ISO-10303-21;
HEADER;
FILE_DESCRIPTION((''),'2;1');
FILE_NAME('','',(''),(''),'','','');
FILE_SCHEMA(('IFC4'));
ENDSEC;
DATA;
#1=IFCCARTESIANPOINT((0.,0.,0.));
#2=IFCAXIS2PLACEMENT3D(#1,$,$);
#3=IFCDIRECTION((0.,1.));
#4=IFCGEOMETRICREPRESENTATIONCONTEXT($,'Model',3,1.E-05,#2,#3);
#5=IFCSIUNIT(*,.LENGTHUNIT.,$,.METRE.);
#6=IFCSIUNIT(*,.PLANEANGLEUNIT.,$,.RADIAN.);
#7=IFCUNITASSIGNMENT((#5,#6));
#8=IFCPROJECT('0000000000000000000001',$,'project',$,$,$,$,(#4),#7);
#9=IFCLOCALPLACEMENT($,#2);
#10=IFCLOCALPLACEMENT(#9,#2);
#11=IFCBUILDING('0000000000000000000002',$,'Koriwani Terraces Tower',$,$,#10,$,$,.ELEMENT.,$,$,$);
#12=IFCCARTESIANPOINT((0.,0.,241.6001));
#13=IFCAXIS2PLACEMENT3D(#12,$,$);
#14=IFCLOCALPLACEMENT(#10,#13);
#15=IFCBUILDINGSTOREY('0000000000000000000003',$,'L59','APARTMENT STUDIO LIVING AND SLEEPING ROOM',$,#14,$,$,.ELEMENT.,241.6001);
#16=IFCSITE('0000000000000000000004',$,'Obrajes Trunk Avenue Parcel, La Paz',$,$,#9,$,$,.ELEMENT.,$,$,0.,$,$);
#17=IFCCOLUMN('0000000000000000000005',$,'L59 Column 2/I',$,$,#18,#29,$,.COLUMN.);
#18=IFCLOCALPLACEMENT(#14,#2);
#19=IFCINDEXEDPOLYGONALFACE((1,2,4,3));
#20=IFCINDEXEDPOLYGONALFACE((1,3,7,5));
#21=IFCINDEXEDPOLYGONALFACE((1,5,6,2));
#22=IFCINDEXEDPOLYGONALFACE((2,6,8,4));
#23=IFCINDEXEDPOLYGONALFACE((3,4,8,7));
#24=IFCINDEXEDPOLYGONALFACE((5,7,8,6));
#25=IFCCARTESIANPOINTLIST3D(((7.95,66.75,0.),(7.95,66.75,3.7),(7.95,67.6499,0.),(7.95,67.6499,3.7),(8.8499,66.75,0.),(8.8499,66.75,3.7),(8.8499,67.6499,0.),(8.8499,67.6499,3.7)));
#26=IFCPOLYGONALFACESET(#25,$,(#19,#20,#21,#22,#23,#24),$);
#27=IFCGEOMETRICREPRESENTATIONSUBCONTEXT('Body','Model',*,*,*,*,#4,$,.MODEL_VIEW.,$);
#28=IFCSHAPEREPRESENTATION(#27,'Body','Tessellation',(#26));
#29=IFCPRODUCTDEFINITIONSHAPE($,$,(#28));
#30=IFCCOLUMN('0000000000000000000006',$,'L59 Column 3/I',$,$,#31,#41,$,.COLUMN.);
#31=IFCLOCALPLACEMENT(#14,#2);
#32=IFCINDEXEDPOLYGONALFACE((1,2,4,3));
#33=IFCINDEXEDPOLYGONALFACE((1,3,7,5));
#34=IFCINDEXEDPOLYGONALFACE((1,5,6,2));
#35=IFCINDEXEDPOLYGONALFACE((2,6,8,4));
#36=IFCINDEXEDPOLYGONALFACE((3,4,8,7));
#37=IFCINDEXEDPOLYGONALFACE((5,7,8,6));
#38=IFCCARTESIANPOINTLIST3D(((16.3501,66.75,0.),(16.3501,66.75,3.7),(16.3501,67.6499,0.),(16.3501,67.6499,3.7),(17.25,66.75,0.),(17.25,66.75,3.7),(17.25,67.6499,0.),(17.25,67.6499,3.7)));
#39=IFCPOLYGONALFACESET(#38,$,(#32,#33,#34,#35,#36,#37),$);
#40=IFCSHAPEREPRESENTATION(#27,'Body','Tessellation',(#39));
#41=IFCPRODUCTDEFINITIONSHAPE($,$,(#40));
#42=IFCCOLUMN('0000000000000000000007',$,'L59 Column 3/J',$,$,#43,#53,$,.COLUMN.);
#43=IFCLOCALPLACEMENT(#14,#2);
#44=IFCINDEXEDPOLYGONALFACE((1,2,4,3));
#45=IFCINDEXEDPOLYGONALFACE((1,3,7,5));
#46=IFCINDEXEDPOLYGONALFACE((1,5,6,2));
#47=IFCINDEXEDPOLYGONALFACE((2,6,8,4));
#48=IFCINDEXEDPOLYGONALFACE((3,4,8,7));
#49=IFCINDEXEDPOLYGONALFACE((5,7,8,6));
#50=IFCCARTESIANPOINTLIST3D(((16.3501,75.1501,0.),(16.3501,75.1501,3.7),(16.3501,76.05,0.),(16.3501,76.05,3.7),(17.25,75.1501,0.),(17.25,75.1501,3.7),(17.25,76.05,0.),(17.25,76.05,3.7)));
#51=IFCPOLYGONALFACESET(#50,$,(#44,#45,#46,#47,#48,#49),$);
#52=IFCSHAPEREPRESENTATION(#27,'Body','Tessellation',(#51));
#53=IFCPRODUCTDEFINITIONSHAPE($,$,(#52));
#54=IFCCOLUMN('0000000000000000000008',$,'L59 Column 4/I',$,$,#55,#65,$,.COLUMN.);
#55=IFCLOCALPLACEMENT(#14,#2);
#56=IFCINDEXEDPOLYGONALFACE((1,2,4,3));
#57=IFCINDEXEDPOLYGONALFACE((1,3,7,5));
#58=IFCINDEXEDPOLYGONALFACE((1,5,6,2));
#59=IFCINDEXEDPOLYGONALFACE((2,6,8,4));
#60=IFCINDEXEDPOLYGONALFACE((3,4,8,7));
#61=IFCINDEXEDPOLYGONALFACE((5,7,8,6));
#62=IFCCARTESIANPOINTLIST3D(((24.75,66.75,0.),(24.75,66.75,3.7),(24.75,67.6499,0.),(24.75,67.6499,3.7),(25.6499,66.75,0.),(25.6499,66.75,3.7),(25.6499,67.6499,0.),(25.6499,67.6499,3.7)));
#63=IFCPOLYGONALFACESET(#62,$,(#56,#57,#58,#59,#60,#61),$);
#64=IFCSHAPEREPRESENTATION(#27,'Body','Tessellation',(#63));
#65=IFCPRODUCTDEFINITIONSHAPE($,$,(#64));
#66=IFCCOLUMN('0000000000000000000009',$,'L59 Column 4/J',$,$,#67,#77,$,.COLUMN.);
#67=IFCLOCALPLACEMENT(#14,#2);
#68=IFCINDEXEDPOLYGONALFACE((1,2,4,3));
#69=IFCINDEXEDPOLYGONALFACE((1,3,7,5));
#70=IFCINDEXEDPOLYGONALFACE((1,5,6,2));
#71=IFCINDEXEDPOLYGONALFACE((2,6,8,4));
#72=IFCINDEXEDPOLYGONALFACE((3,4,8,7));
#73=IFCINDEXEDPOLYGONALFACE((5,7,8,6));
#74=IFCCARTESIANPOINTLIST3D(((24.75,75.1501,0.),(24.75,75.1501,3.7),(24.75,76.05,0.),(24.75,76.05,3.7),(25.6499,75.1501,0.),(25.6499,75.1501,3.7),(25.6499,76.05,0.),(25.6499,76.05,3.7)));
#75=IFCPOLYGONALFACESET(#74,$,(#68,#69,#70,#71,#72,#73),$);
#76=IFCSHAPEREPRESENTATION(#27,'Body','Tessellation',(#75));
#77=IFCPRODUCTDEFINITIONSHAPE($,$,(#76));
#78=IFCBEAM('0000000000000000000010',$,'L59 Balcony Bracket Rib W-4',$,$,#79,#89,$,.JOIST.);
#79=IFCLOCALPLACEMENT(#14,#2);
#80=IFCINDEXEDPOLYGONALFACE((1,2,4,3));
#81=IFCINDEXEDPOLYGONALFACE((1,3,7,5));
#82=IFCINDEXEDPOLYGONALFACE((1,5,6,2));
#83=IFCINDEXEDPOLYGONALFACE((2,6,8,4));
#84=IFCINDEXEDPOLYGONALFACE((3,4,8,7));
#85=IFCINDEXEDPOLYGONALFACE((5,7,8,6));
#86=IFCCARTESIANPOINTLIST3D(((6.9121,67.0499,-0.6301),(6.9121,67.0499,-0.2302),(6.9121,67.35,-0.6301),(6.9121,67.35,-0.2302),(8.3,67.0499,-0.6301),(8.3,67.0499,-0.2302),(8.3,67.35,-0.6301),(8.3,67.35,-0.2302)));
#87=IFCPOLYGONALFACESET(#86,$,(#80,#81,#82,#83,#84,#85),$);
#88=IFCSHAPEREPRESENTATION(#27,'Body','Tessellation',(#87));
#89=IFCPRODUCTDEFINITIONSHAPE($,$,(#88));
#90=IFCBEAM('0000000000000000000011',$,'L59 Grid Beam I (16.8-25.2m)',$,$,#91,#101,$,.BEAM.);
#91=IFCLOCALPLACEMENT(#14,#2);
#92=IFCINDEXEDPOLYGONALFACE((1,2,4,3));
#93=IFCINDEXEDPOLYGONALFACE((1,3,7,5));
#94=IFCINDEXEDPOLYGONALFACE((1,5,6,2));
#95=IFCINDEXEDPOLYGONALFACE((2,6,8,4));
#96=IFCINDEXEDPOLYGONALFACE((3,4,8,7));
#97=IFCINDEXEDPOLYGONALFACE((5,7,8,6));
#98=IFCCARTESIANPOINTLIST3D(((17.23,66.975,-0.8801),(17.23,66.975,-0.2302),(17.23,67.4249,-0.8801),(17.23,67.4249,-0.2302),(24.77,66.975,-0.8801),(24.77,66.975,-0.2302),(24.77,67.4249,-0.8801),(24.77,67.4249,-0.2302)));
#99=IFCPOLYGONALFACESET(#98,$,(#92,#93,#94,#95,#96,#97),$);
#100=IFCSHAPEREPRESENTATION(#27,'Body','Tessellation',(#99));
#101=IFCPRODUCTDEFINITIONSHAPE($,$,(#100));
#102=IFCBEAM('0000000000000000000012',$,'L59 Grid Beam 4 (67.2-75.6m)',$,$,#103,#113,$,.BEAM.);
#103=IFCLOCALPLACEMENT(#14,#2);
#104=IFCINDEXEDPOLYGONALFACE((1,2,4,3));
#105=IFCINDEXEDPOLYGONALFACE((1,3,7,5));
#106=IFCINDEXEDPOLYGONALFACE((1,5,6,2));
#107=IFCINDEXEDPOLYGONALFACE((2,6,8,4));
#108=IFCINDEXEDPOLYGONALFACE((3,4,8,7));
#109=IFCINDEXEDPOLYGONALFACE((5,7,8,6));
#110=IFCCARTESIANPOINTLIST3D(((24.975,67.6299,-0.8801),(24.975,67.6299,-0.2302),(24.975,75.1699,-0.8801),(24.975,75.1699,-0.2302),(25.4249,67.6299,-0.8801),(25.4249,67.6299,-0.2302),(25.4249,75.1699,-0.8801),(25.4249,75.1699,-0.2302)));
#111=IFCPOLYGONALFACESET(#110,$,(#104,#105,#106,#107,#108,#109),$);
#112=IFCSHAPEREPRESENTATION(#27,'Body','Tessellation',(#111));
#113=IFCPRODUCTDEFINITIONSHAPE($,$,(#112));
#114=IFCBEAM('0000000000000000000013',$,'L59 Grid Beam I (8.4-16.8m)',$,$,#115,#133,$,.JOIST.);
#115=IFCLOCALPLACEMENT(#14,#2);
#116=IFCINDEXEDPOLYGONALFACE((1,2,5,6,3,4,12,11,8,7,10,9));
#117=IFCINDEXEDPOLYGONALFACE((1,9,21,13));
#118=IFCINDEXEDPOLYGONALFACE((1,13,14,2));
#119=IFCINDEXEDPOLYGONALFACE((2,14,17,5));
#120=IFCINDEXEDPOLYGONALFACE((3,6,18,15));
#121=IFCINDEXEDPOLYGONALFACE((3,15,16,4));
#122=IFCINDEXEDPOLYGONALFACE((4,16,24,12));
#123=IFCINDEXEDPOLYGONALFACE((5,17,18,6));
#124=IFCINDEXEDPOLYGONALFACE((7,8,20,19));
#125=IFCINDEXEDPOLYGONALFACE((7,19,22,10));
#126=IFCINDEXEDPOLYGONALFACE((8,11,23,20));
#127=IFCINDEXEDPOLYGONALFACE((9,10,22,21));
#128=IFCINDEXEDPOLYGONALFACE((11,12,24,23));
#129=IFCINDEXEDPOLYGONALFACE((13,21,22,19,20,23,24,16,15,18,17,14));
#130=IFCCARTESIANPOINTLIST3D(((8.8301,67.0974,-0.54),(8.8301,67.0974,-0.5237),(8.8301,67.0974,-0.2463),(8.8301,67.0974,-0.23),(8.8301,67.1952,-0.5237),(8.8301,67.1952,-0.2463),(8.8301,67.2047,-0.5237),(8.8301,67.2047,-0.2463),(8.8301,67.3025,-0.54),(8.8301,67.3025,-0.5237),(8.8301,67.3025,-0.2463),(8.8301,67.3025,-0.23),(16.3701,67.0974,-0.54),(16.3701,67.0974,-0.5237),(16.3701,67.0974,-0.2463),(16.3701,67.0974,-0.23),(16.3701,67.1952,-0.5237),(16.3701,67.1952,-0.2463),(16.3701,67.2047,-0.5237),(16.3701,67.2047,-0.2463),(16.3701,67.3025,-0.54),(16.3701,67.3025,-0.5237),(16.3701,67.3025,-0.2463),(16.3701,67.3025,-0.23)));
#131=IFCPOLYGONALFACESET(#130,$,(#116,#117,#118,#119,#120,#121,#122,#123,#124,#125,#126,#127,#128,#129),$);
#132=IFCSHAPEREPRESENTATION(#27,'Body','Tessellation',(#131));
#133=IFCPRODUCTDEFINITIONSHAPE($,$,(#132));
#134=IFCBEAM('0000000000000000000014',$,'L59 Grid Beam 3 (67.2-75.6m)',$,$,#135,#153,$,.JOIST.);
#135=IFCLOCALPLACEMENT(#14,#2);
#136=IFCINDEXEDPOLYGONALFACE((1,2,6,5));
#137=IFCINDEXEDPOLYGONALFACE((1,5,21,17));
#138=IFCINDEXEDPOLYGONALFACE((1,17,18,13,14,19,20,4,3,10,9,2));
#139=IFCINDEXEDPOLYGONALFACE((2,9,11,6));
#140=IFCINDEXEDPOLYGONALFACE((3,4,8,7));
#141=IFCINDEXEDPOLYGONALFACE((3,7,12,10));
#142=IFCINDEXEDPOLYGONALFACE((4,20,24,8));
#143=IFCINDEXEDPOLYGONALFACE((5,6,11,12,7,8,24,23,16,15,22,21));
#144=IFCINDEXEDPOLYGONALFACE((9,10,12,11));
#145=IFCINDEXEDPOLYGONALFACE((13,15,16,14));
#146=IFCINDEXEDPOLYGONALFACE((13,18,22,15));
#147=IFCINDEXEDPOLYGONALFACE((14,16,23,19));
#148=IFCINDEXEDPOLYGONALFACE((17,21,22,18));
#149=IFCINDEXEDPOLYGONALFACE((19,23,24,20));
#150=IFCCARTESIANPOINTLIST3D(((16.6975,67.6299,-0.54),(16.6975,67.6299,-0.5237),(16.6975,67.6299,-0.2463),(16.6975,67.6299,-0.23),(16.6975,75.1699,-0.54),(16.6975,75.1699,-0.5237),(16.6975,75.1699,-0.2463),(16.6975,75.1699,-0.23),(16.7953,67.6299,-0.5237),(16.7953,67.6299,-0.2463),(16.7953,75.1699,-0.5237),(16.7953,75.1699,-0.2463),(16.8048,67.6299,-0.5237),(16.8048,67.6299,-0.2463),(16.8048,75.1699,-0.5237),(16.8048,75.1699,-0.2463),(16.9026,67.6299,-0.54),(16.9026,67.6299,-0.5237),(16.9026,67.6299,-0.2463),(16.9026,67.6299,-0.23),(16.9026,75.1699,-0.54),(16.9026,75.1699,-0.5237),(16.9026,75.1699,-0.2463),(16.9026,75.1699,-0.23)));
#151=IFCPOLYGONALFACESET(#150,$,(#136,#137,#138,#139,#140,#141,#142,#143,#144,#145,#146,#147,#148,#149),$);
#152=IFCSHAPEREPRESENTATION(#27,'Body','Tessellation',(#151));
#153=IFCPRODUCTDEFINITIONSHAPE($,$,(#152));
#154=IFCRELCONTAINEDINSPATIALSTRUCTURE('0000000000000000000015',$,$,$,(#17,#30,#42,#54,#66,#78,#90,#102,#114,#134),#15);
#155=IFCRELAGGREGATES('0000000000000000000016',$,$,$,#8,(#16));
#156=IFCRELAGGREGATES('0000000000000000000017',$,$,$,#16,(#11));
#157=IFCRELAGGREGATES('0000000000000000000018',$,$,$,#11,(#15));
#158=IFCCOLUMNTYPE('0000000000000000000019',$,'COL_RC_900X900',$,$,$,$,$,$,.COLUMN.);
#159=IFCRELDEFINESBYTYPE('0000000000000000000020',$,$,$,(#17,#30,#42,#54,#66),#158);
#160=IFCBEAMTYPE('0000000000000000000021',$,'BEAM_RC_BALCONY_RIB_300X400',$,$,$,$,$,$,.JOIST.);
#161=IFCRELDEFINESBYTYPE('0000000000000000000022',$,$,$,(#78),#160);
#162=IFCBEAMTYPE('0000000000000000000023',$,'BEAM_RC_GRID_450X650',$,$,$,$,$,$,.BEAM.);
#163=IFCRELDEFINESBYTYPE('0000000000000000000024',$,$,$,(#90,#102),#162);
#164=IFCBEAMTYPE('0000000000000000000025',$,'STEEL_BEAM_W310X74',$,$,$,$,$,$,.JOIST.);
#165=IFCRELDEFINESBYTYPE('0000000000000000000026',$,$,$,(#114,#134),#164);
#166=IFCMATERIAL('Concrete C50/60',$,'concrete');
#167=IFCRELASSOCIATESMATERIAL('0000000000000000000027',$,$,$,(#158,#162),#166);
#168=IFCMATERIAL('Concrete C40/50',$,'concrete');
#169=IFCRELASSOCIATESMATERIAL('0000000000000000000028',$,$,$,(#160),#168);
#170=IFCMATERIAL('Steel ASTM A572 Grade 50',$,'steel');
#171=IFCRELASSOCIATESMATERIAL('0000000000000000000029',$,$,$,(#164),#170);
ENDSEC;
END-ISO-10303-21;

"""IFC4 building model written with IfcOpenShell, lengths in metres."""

from ifc_helpers import new_model, si_unit, direction, frame, origin, origin_2d, place, context, subcontext, project, spatial, rectangle, i_section, extrude, material, material_profile, profile_set, type_object, element, save


model = new_model("IFC4")

# Units and contexts
model_context = context("Model", 3, precision=1e-05, world=origin(), true_north=direction((0.0, 1.0)))
body_context = subcontext(model_context, "Body", "Model", "MODEL_VIEW")
ifc_project = project(units=[si_unit("LENGTHUNIT", "METRE"), si_unit("PLANEANGLEUNIT", "RADIAN")], contexts=[model_context])

# Site, building, storey
site_placement = place(None, origin())
site = spatial("IfcSite", under=ifc_project, at=site_placement, Name="Obrajes Trunk Avenue Parcel, La Paz", CompositionType="ELEMENT", RefElevation=0.0)
building_placement = place(site_placement, origin())
building = spatial("IfcBuilding", under=site, at=building_placement, Name="Koriwani Terraces Tower", CompositionType="ELEMENT")
storey_placement = place(building_placement, frame((0.0, 0.0, 241.6001)))
storey = spatial("IfcBuildingStorey", under=building, at=storey_placement, Name="L59", Description="APARTMENT STUDIO LIVING AND SLEEPING ROOM", CompositionType="ELEMENT", Elevation=241.6001)

# Columns
ifc_material_1 = material(Name="Concrete C50/60", Category="concrete")
ifc_material_profile_1 = material_profile(ifc_material_1, rectangle(XDim=0.8999, YDim=0.8999, at=origin_2d()), Name="Concrete C50/60", Category="LoadBearing")
ifc_profile_set_1 = profile_set([ifc_material_profile_1], Name="Concrete C50/60")
column_type = type_object("IfcColumnType", Name="COL_RC_900X900", PredefinedType="COLUMN", material=ifc_profile_set_1)
for number, where, z_axis, x_axis, name in (
    (1, (8.3999, 67.2, 0.0), (0.0, 0.0, 1.0), (1.0, 0.0, 0.0), "L59 Column 2/I"),
    (2, (16.8, 67.2, 0.0), (0.0, 0.0, 1.0), (1.0, 0.0, 0.0), "L59 Column 3/I"),
    (3, (16.8, 75.6001, 0.0), (0.0, 0.0, 1.0), (1.0, 0.0, 0.0), "L59 Column 3/J"),
    (4, (25.2, 67.2, 0.0), (0.0, 0.0, 1.0), (1.0, 0.0, 0.0), "L59 Column 4/I"),
    (5, (25.2, 75.6001, 0.0), (0.0, 0.0, 1.0), (1.0, 0.0, 0.0), "L59 Column 4/J"),
):
    element("IfcColumn", number, at=place(storey_placement, frame(where, z_axis=z_axis, x_axis=x_axis)), inside=storey, type_object=column_type, Name=name, PredefinedType="COLUMN", context=body_context, shape_type="SweptSolid", body=[
        extrude(rectangle(XDim=0.8999, YDim=0.8999, at=origin_2d()), origin(), (0.0, 0.0, 1.0), 3.7),
    ])

# Beams
ifc_material_2 = material(Name="Concrete C40/50", Category="concrete")
ifc_material_profile_2 = material_profile(ifc_material_2, rectangle(XDim=0.3, YDim=0.3999, at=origin_2d()), Name="Concrete C40/50", Category="LoadBearing")
ifc_profile_set_2 = profile_set([ifc_material_profile_2], Name="Concrete C40/50")
beam_type_1 = type_object("IfcBeamType", Name="BEAM_RC_BALCONY_RIB_300X400", PredefinedType="JOIST", material=ifc_profile_set_2)
beam_placement = place(storey_placement, frame((6.9121, 67.2, -0.4302), z_axis=(1.0, 0.0, 0.0), x_axis=(0.0, 1.0, 0.0)))
element("IfcBeam", 6, at=beam_placement, inside=storey, type_object=beam_type_1, Name="L59 Balcony Bracket Rib W-4", PredefinedType="JOIST", context=body_context, shape_type="SweptSolid", body=[
    extrude(rectangle(XDim=0.3, YDim=0.3999, at=origin_2d()), origin(), (0.0, 0.0, 1.0), 1.3879),
])
ifc_material_profile_3 = material_profile(ifc_material_1, rectangle(XDim=0.45, YDim=0.6499, at=origin_2d()), Name="Concrete C50/60", Category="LoadBearing")
ifc_profile_set_3 = profile_set([ifc_material_profile_3], Name="Concrete C50/60")
beam_type_2 = type_object("IfcBeamType", Name="BEAM_RC_GRID_450X650", PredefinedType="BEAM", material=ifc_profile_set_3)
for number, where, z_axis, x_axis, name in (
    (7, (17.23, 67.2, -0.5552), (1.0, 0.0, 0.0), (0.0, 1.0, 0.0), "L59 Grid Beam I (16.8-25.2m)"),
    (8, (25.2, 67.6299, -0.5552), (0.0, 1.0, 0.0), (-1.0, 0.0, 0.0), "L59 Grid Beam 4 (67.2-75.6m)"),
):
    element("IfcBeam", number, at=place(storey_placement, frame(where, z_axis=z_axis, x_axis=x_axis)), inside=storey, type_object=beam_type_2, Name=name, PredefinedType="BEAM", context=body_context, shape_type="SweptSolid", body=[
        extrude(rectangle(XDim=0.45, YDim=0.6499, at=origin_2d()), origin(), (0.0, 0.0, 1.0), 7.54),
    ])
ifc_material_3 = material(Name="Steel ASTM A572 Grade 50", Category="steel")
ifc_material_profile_4 = material_profile(ifc_material_3, i_section(OverallWidth=0.2051, OverallDepth=0.3101, WebThickness=0.0095, FlangeThickness=0.0164, at=origin_2d()), Name="Steel ASTM A572 Grade 50", Category="LoadBearing")
ifc_profile_set_4 = profile_set([ifc_material_profile_4], Name="Steel ASTM A572 Grade 50")
beam_type_3 = type_object("IfcBeamType", Name="STEEL_BEAM_W310X74", PredefinedType="JOIST", material=ifc_profile_set_4)
for number, where, z_axis, x_axis, name in (
    (9, (8.8301, 67.2, -0.385), (1.0, 0.0, 0.0), (0.0, 1.0, 0.0), "L59 Grid Beam I (8.4-16.8m)"),
    (10, (16.8, 67.6299, -0.385), (0.0, 1.0, 0.0), (-1.0, 0.0, 0.0), "L59 Grid Beam 3 (67.2-75.6m)"),
):
    element("IfcBeam", number, at=place(storey_placement, frame(where, z_axis=z_axis, x_axis=x_axis)), inside=storey, type_object=beam_type_3, Name=name, PredefinedType="JOIST", context=body_context, shape_type="SweptSolid", body=[
        extrude(i_section(OverallWidth=0.2051, OverallDepth=0.3101, WebThickness=0.0095, FlangeThickness=0.0164, at=origin_2d()), origin(), (0.0, 0.0, 1.0), 7.54),
    ])

save(model, "model.ifc")
